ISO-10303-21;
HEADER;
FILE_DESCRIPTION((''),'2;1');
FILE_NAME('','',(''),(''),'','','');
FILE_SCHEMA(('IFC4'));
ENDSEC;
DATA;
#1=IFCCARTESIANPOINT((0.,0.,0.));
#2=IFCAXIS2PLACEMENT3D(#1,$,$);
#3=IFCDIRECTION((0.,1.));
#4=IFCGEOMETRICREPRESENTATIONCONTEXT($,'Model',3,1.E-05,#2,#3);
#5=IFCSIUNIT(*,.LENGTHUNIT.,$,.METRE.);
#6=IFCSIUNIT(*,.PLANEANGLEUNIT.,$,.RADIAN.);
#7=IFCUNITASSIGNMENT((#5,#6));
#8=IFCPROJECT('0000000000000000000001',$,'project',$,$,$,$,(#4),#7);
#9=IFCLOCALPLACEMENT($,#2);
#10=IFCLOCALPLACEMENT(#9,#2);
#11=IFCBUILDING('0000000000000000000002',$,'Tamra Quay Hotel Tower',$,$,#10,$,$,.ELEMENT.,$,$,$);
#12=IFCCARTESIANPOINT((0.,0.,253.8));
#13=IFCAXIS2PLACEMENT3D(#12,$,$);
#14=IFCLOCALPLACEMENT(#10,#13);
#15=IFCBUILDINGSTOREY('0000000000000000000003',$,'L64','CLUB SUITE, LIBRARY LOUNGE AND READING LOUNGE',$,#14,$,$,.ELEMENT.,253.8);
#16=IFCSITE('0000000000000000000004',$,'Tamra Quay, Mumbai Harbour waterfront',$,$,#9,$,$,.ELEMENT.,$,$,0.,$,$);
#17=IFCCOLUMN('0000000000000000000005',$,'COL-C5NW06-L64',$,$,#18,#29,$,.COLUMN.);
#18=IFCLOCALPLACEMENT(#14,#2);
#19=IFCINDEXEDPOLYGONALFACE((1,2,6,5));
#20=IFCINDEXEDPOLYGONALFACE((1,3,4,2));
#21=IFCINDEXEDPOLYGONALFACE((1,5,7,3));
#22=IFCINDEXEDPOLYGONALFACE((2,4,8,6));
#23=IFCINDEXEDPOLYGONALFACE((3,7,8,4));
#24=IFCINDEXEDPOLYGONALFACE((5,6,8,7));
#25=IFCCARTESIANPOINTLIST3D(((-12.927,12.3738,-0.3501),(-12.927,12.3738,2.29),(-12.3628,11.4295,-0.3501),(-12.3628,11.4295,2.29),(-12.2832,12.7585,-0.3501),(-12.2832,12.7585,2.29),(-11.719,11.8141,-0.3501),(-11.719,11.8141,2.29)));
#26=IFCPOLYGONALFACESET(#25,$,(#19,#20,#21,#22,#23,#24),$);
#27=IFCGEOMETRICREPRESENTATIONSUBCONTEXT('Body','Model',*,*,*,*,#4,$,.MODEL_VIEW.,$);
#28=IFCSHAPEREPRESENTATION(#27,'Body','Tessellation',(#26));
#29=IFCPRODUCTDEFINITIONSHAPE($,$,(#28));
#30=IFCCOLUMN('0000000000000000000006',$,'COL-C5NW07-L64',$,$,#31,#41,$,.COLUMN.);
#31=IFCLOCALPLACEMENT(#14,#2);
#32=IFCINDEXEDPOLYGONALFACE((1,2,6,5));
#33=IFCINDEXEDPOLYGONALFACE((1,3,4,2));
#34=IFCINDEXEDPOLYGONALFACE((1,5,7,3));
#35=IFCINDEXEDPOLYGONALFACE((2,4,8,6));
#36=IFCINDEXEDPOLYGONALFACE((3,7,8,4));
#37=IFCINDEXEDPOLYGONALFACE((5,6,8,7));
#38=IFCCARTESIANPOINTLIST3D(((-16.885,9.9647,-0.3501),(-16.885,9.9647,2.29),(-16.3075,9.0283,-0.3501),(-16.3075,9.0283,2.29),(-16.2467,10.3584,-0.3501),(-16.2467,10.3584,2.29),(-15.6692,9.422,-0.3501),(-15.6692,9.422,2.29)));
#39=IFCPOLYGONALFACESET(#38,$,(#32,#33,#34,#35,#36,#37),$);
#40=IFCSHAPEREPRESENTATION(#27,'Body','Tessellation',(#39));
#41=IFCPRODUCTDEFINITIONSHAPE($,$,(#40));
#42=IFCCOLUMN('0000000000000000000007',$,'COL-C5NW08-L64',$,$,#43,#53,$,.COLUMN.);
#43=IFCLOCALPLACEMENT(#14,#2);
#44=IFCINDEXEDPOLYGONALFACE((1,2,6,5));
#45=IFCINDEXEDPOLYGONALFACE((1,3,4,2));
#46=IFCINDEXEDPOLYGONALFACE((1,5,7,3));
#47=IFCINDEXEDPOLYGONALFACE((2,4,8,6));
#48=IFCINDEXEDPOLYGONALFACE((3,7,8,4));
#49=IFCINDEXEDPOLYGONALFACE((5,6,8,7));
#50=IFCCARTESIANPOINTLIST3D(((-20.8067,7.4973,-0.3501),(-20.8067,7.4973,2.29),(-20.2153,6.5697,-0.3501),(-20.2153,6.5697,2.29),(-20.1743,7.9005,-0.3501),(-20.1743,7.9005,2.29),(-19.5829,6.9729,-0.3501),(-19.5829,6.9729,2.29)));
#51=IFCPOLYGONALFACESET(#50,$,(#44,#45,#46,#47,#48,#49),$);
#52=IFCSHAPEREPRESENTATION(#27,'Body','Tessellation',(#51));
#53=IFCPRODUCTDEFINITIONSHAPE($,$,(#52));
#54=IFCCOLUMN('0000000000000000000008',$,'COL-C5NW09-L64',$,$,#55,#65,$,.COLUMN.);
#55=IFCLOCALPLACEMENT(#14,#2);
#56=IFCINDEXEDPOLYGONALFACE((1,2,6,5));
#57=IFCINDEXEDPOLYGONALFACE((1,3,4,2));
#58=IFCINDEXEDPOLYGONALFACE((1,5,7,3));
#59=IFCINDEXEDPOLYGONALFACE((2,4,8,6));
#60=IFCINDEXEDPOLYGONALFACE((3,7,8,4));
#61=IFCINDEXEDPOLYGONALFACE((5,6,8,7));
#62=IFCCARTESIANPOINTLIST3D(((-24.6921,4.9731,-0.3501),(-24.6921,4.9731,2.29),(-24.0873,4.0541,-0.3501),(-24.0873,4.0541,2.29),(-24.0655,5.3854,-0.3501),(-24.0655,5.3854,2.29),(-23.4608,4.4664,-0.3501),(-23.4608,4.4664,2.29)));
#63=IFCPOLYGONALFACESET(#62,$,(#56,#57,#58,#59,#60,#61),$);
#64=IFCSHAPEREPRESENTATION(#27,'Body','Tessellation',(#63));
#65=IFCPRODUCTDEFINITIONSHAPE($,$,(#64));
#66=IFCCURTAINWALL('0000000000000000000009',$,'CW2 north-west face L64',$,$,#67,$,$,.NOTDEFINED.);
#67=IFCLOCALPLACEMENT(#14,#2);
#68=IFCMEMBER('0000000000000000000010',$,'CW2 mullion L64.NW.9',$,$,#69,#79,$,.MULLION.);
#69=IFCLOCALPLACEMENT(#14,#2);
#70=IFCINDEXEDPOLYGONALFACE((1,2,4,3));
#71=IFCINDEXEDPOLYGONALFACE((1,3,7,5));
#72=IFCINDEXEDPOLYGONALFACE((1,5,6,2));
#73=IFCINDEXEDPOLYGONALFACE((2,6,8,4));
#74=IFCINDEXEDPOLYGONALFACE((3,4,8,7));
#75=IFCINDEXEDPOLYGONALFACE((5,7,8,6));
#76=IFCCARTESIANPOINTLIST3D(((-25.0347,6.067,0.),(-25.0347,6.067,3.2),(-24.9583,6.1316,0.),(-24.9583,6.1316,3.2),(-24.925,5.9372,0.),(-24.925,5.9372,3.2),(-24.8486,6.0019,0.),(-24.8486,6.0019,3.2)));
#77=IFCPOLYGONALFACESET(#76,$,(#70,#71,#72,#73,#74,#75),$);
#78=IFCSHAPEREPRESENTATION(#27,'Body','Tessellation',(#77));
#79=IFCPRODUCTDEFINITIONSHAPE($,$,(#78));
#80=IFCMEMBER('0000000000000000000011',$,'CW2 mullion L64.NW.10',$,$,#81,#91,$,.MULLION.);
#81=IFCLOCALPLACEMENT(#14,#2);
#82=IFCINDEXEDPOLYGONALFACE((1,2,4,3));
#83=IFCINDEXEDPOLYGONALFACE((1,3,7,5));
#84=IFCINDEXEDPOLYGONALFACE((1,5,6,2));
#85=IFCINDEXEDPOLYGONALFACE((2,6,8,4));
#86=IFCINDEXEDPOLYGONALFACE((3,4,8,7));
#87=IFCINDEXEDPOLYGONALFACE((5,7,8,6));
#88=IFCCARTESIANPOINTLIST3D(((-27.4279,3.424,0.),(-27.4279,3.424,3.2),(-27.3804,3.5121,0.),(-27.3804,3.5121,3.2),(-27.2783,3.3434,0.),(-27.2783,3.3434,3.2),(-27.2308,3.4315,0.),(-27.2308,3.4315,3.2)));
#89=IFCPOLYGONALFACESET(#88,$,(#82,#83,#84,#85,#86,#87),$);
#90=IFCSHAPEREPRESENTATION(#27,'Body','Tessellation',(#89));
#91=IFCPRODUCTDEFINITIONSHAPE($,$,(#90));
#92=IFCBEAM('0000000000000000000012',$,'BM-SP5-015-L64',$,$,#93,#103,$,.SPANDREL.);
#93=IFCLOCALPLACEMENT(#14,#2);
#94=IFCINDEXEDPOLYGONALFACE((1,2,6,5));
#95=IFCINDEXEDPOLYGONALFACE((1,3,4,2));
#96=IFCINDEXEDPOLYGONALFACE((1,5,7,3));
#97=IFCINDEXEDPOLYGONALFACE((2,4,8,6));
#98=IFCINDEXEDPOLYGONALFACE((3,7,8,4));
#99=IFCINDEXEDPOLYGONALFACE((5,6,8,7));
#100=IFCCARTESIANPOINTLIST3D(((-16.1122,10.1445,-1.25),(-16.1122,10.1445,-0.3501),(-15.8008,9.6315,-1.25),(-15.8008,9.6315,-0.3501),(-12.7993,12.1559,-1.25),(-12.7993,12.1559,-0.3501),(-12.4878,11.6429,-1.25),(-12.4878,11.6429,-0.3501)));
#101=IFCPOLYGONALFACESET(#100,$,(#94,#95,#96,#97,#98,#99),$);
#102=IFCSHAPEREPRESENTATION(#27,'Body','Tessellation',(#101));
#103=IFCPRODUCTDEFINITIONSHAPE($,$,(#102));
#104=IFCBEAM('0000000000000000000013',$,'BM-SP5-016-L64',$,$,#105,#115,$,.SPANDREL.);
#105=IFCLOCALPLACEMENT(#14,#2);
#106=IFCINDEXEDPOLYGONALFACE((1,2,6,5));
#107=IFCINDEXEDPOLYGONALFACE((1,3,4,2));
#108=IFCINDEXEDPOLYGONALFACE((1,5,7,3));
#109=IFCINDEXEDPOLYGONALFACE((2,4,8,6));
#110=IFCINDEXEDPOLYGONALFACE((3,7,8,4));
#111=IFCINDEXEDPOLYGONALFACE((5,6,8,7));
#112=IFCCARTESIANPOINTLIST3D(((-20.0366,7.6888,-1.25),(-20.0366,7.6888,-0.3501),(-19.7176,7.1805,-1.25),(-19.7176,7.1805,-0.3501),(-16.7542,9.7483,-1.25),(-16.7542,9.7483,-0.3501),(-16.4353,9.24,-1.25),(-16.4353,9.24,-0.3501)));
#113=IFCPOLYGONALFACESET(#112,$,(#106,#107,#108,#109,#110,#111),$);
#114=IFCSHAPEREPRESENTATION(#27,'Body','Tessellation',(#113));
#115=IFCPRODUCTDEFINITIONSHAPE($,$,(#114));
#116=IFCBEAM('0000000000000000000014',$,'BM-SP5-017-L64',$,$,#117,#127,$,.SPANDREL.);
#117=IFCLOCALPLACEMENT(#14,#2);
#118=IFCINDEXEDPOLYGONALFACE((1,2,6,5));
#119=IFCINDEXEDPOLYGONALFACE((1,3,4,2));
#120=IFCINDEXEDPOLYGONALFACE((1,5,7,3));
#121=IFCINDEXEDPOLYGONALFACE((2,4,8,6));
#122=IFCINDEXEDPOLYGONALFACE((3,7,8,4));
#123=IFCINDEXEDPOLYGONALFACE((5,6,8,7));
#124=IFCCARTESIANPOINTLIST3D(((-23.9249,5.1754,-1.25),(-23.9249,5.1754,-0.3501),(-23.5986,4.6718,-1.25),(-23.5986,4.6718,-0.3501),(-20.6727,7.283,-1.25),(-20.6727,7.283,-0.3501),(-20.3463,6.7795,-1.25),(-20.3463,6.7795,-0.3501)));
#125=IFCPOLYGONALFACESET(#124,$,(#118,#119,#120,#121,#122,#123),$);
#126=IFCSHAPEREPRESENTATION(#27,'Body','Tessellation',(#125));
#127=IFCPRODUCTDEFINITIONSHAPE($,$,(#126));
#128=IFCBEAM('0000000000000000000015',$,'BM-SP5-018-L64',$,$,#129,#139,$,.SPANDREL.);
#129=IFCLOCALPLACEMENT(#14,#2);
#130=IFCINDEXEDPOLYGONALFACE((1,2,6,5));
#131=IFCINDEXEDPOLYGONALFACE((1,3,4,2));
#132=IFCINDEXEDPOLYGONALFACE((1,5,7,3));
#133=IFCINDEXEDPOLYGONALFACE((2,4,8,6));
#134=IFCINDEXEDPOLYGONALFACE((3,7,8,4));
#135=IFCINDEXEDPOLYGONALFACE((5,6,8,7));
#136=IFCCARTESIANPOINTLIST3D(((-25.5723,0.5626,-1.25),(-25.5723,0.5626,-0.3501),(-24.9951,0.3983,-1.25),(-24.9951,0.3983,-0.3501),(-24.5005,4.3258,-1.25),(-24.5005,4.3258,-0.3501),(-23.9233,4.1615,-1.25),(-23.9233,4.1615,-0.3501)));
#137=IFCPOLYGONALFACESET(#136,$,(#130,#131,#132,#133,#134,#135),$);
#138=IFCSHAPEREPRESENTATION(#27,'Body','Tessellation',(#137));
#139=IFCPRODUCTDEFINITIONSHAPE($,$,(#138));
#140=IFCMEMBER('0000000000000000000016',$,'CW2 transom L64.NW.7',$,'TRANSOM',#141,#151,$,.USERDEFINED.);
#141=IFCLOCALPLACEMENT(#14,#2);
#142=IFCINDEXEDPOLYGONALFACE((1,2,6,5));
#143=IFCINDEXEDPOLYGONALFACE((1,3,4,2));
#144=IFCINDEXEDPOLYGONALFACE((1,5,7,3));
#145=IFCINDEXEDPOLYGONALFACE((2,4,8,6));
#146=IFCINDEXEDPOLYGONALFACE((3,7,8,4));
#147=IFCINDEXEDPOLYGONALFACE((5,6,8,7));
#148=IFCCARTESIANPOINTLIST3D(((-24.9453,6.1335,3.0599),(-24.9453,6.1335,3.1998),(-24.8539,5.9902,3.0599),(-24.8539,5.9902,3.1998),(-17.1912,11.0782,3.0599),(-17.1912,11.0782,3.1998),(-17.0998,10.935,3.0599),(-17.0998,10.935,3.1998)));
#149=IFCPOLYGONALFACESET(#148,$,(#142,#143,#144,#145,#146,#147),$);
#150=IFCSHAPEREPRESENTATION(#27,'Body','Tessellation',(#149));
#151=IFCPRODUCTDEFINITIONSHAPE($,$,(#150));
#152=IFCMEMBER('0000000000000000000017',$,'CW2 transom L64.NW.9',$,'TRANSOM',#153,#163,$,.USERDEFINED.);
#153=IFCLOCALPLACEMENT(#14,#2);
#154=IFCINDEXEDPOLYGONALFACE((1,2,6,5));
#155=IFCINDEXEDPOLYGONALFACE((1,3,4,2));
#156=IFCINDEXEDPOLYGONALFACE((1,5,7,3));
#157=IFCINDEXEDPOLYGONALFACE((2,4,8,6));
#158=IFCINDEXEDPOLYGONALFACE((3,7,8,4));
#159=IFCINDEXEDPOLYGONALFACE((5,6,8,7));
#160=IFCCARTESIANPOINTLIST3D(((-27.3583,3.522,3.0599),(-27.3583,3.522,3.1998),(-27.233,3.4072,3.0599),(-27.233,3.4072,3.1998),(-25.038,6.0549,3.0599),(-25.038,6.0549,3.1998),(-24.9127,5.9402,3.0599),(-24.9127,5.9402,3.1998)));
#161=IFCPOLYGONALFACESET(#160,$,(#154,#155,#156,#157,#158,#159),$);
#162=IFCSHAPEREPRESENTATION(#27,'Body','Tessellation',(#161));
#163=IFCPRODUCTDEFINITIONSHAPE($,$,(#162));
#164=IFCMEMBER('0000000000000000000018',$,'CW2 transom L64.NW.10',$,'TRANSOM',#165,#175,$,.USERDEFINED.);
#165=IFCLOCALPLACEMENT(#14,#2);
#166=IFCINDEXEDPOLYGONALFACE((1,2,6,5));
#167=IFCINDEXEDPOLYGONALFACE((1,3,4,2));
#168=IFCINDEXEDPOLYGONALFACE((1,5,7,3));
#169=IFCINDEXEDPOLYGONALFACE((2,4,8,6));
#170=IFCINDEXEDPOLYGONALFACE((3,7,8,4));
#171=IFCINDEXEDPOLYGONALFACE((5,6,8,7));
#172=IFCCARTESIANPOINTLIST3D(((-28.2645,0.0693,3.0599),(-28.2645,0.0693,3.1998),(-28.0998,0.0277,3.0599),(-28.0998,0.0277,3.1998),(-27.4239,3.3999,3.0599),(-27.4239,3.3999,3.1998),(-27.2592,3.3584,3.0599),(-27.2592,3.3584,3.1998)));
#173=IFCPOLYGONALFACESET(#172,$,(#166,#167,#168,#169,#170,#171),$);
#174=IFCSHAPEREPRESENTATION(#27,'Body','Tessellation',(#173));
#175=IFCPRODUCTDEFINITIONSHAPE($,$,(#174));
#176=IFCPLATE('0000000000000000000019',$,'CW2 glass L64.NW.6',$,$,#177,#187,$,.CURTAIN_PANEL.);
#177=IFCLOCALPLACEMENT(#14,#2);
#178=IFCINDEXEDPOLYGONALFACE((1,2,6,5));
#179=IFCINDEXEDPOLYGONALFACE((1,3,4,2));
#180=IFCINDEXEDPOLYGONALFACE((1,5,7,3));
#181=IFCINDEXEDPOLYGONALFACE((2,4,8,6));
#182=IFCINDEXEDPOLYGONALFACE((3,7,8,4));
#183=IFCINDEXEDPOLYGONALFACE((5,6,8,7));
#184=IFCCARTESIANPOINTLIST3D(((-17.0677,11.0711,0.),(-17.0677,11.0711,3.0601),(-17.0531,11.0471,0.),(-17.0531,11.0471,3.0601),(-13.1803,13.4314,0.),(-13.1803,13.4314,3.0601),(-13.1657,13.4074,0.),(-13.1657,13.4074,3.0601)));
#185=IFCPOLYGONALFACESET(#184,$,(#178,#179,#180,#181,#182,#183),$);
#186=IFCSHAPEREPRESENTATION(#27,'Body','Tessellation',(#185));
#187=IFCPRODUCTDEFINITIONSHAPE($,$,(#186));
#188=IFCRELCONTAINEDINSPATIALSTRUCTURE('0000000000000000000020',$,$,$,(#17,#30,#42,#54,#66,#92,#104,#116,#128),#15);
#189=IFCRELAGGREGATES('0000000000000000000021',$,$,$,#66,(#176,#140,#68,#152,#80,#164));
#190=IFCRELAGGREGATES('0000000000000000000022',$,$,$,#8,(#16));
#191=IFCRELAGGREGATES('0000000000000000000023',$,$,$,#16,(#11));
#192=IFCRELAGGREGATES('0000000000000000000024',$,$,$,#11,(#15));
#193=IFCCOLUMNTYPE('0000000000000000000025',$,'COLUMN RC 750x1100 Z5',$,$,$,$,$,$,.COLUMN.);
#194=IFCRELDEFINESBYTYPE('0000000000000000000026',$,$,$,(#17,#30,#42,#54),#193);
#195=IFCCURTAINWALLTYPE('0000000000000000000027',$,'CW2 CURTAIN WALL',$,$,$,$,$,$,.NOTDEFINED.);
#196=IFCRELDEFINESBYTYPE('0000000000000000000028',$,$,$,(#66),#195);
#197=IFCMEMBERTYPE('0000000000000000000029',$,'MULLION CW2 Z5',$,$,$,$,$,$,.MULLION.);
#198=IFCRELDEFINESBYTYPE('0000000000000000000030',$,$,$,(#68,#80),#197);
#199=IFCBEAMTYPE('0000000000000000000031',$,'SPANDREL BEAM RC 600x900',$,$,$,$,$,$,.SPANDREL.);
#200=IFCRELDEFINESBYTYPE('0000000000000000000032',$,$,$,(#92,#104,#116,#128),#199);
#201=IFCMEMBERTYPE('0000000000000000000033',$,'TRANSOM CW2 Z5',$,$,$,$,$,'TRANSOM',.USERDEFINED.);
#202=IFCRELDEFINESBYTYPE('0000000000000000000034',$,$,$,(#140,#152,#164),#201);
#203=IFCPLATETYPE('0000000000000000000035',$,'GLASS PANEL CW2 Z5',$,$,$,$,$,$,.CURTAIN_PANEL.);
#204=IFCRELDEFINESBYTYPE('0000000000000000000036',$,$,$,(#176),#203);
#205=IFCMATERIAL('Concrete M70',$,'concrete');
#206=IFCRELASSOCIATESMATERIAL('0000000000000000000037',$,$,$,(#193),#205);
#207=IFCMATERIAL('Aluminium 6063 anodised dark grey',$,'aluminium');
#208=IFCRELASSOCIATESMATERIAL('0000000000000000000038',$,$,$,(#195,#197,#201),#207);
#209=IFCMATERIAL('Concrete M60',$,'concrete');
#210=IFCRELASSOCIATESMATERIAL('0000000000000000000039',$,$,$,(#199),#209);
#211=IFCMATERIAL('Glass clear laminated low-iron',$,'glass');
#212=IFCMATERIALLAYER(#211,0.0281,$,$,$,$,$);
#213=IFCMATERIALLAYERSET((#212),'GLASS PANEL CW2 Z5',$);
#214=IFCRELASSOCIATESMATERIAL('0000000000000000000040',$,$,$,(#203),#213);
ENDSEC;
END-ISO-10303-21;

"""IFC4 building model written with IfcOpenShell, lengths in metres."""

from ifc_helpers import new_model, si_unit, direction, frame, origin, origin_2d, place, context, subcontext, project, spatial, rectangle, extrude, material, layer, layer_set, material_profile, profile_set, type_object, element, aggregate, save


model = new_model("IFC4")

# Units and contexts
model_context = context("Model", 3, precision=1e-05, world=origin(), true_north=direction((0.0, 1.0)))
body_context = subcontext(model_context, "Body", "Model", "MODEL_VIEW")
ifc_project = project(units=[si_unit("LENGTHUNIT", "METRE"), si_unit("PLANEANGLEUNIT", "RADIAN")], contexts=[model_context])

# Site, building, storey
site_placement = place(None, origin())
site = spatial("IfcSite", under=ifc_project, at=site_placement, Name="Tamra Quay, Mumbai Harbour waterfront", CompositionType="ELEMENT", RefElevation=0.0)
building_placement = place(site_placement, origin())
building = spatial("IfcBuilding", under=site, at=building_placement, Name="Tamra Quay Hotel Tower", CompositionType="ELEMENT")
storey_placement = place(building_placement, frame((0.0, 0.0, 253.8)))
storey = spatial("IfcBuildingStorey", under=building, at=storey_placement, Name="L64", Description="CLUB SUITE, LIBRARY LOUNGE AND READING LOUNGE", CompositionType="ELEMENT", Elevation=253.8)

# Columns
ifc_material_1 = material(Name="Concrete M70", Category="concrete")
ifc_material_profile_1 = material_profile(ifc_material_1, rectangle(XDim=1.1001, YDim=0.75, at=origin_2d()), Name="COLUMN RC 750x1100 Z5")
ifc_profile_set_1 = profile_set([ifc_material_profile_1], Name="Concrete M70")
column_type = type_object("IfcColumnType", Name="COLUMN RC 750x1100 Z5", PredefinedType="COLUMN", material=ifc_profile_set_1)
for number, where, z_axis, x_axis, name in (
    (1, (-12.323, 12.094, -0.3501), (0.0, 0.0, 1.0), (-0.512899, 0.858449, 0.0), "COL-C5NW06-L64"),
    (2, (-16.2771, 9.6934, -0.3501), (0.0, 0.0, 1.0), (-0.524928, 0.851147, 0.0), "COL-C5NW07-L64"),
    (3, (-20.1948, 7.2351, -0.3501), (0.0, 0.0, 1.0), (-0.537585, 0.843209, 0.0), "COL-C5NW08-L64"),
    (4, (-24.0764, 4.7197, -0.3501), (0.0, 0.0, 1.0), (-0.549739, 0.835337, 0.0), "COL-C5NW09-L64"),
):
    element("IfcColumn", number, at=place(storey_placement, frame(where, z_axis=z_axis, x_axis=x_axis)), inside=storey, type_object=column_type, Name=name, PredefinedType="COLUMN", context=body_context, shape_type="SweptSolid", body=[
        extrude(rectangle(XDim=1.1001, YDim=0.75, at=origin_2d()), origin(), (0.0, 0.0, 1.0), 2.6401),
    ])

# Curtain wall, members
ifc_material_2 = material(Name="Aluminium 6063 anodised dark grey", Category="aluminium")
curtain_wall_type = type_object("IfcCurtainWallType", Name="CW2 CURTAIN WALL", PredefinedType="NOTDEFINED", material=ifc_material_2)
curtain_wall_placement = place(storey_placement, origin())
curtain_wall = element("IfcCurtainWall", 5, at=curtain_wall_placement, inside=storey, type_object=curtain_wall_type, Name="CW2 north-west face L64", PredefinedType="NOTDEFINED")
ifc_material_profile_2 = material_profile(ifc_material_2, rectangle(XDim=0.1699, YDim=0.1001, at=origin_2d()), Name="MULLION 100X170")
ifc_profile_set_2 = profile_set([ifc_material_profile_2], Name="Aluminium 6063 anodised dark grey")
member_type_1 = type_object("IfcMemberType", Name="MULLION CW2 Z5", PredefinedType="MULLION", material=ifc_profile_set_2)
member_1_placement = place(storey_placement, frame((-24.9417, 6.0344, 0.0), z_axis=(0.0, 0.0, 1.0), x_axis=(-0.645846, 0.763467, 0.0)))
member_1 = element("IfcMember", 6, at=member_1_placement, type_object=member_type_1, Name="CW2 mullion L64.NW.9", PredefinedType="MULLION", context=body_context, shape_type="SweptSolid", body=[
    extrude(rectangle(XDim=0.1699, YDim=0.1001, at=origin_2d()), origin(), (0.0, 0.0, 1.0), 3.2),
])
member_2_placement = place(storey_placement, frame((-27.3293, 3.4277, 0.0), z_axis=(0.0, 0.0, 1.0), x_axis=(-0.880267, 0.474479, 0.0)))
member_2 = element("IfcMember", 7, at=member_2_placement, type_object=member_type_1, Name="CW2 mullion L64.NW.10", PredefinedType="MULLION", context=body_context, shape_type="SweptSolid", body=[
    extrude(rectangle(XDim=0.1699, YDim=0.1001, at=origin_2d()), origin(), (0.0, 0.0, 1.0), 3.2),
])

# Beams
ifc_material_3 = material(Name="Concrete M60", Category="concrete")
ifc_material_profile_3 = material_profile(ifc_material_3, rectangle(XDim=0.6001, YDim=0.8999, at=origin_2d()), Name="SPANDREL BEAM RC 600x900")
ifc_profile_set_3 = profile_set([ifc_material_profile_3], Name="Concrete M60")
beam_type = type_object("IfcBeamType", Name="SPANDREL BEAM RC 600x900", PredefinedType="SPANDREL", material=ifc_profile_set_3)
beam_1_placement = place(storey_placement, frame((-12.6436, 11.8994, -0.8), z_axis=(-0.854786, -0.518981, 0.0), x_axis=(0.518981, -0.854786, 0.0)))
element("IfcBeam", 8, at=beam_1_placement, inside=storey, type_object=beam_type, Name="BM-SP5-015-L64", PredefinedType="SPANDREL", context=body_context, shape_type="SweptSolid", body=[
    extrude(rectangle(XDim=0.6001, YDim=0.8999, at=origin_2d()), origin(), (0.0, 0.0, 1.0), 3.8757),
])
beam_2_placement = place(storey_placement, frame((-16.5947, 9.4941, -0.8), z_axis=(-0.847066, -0.531488, 0.0), x_axis=(0.531488, -0.847066, 0.0)))
element("IfcBeam", 9, at=beam_2_placement, inside=storey, type_object=beam_type, Name="BM-SP5-016-L64", PredefinedType="SPANDREL", context=body_context, shape_type="SweptSolid", body=[
    extrude(rectangle(XDim=0.6001, YDim=0.8999, at=origin_2d()), origin(), (0.0, 0.0, 1.0), 3.875),
])
beam_3_placement = place(storey_placement, frame((-20.5095, 7.0312, -0.8), z_axis=(-0.839181, -0.543852, 0.0), x_axis=(0.543852, -0.839181, 0.0)))
element("IfcBeam", 10, at=beam_3_placement, inside=storey, type_object=beam_type, Name="BM-SP5-017-L64", PredefinedType="SPANDREL", context=body_context, shape_type="SweptSolid", body=[
    extrude(rectangle(XDim=0.6001, YDim=0.8999, at=origin_2d()), origin(), (0.0, 0.0, 1.0), 3.8755),
])
beam_4_placement = place(storey_placement, frame((-24.2119, 4.2437, -0.8), z_axis=(-0.273913, -0.961754, 0.0), x_axis=(0.961754, -0.273913, 0.0)))
element("IfcBeam", 11, at=beam_4_placement, inside=storey, type_object=beam_type, Name="BM-SP5-018-L64", PredefinedType="SPANDREL", context=body_context, shape_type="SweptSolid", body=[
    extrude(rectangle(XDim=0.6001, YDim=0.8999, at=origin_2d()), origin(), (0.0, 0.0, 1.0), 3.9128),
])

# Members
ifc_material_profile_4 = material_profile(ifc_material_2, rectangle(XDim=0.1699, YDim=0.1399, at=origin_2d()), Name="TRANSOM 170X140")
ifc_profile_set_4 = profile_set([ifc_material_profile_4], Name="Aluminium 6063 anodised dark grey")
member_type_2 = type_object("IfcMemberType", Name="TRANSOM CW2 Z5", ElementType="TRANSOM", PredefinedType="USERDEFINED", material=ifc_profile_set_4)
member_3_placement = place(storey_placement, frame((-17.1455, 11.0066, 3.1299), z_axis=(-0.843151, -0.537677, 0.0), x_axis=(0.537677, -0.843151, 0.0)))
member_3 = element("IfcMember", 12, at=member_3_placement, type_object=member_type_2, Name="CW2 transom L64.NW.7", ObjectType="TRANSOM", PredefinedType="USERDEFINED", context=body_context, shape_type="SweptSolid", body=[
    extrude(rectangle(XDim=0.1699, YDim=0.1399, at=origin_2d()), origin(), (0.0, 0.0, 1.0), 9.1965),
])
member_4_placement = place(storey_placement, frame((-24.9753, 5.9976, 3.1299), z_axis=(-0.675477, -0.737381, 0.0), x_axis=(0.737381, -0.675477, 0.0)))
member_4 = element("IfcMember", 13, at=member_4_placement, type_object=member_type_2, Name="CW2 transom L64.NW.9", ObjectType="TRANSOM", PredefinedType="USERDEFINED", context=body_context, shape_type="SweptSolid", body=[
    extrude(rectangle(XDim=0.1699, YDim=0.1399, at=origin_2d()), origin(), (0.0, 0.0, 1.0), 3.4351),
])
member_5_placement = place(storey_placement, frame((-27.3416, 3.3792, 3.1299), z_axis=(-0.244709, -0.969597, 0.0), x_axis=(0.969597, -0.244709, 0.0)))
member_5 = element("IfcMember", 14, at=member_5_placement, type_object=member_type_2, Name="CW2 transom L64.NW.10", ObjectType="TRANSOM", PredefinedType="USERDEFINED", context=body_context, shape_type="SweptSolid", body=[
    extrude(rectangle(XDim=0.1699, YDim=0.1399, at=origin_2d()), origin(), (0.0, 0.0, 1.0), 3.4351),
])

# Plate
ifc_material_4 = material(Name="Glass clear laminated low-iron", Category="glass")
ifc_layer_1 = layer(ifc_material_4, 0.0281)
ifc_layer_set_1 = layer_set([ifc_layer_1], Name="GLASS PANEL CW2 Z5")
plate_type = type_object("IfcPlateType", Name="GLASS PANEL CW2 Z5", PredefinedType="CURTAIN_PANEL", material=ifc_layer_set_1)
plate_1_placement = place(storey_placement, frame((-15.1167, 12.2393, 0.0), z_axis=(0.0, 0.0, 1.0), x_axis=(-0.854783, -0.518985, 0.0)))
plate_1 = element("IfcPlate", 15, at=plate_1_placement, type_object=plate_type, Name="CW2 glass L64.NW.6", PredefinedType="CURTAIN_PANEL", context=body_context, shape_type="SweptSolid", body=[
    extrude(rectangle(XDim=4.5479, YDim=0.0281, at=origin_2d()), origin(), (0.0, 0.0, 1.0), 3.0601),
])
aggregate(curtain_wall, [plate_1, member_3, member_1, member_4, member_2, member_5])

save(model, "model.ifc")
